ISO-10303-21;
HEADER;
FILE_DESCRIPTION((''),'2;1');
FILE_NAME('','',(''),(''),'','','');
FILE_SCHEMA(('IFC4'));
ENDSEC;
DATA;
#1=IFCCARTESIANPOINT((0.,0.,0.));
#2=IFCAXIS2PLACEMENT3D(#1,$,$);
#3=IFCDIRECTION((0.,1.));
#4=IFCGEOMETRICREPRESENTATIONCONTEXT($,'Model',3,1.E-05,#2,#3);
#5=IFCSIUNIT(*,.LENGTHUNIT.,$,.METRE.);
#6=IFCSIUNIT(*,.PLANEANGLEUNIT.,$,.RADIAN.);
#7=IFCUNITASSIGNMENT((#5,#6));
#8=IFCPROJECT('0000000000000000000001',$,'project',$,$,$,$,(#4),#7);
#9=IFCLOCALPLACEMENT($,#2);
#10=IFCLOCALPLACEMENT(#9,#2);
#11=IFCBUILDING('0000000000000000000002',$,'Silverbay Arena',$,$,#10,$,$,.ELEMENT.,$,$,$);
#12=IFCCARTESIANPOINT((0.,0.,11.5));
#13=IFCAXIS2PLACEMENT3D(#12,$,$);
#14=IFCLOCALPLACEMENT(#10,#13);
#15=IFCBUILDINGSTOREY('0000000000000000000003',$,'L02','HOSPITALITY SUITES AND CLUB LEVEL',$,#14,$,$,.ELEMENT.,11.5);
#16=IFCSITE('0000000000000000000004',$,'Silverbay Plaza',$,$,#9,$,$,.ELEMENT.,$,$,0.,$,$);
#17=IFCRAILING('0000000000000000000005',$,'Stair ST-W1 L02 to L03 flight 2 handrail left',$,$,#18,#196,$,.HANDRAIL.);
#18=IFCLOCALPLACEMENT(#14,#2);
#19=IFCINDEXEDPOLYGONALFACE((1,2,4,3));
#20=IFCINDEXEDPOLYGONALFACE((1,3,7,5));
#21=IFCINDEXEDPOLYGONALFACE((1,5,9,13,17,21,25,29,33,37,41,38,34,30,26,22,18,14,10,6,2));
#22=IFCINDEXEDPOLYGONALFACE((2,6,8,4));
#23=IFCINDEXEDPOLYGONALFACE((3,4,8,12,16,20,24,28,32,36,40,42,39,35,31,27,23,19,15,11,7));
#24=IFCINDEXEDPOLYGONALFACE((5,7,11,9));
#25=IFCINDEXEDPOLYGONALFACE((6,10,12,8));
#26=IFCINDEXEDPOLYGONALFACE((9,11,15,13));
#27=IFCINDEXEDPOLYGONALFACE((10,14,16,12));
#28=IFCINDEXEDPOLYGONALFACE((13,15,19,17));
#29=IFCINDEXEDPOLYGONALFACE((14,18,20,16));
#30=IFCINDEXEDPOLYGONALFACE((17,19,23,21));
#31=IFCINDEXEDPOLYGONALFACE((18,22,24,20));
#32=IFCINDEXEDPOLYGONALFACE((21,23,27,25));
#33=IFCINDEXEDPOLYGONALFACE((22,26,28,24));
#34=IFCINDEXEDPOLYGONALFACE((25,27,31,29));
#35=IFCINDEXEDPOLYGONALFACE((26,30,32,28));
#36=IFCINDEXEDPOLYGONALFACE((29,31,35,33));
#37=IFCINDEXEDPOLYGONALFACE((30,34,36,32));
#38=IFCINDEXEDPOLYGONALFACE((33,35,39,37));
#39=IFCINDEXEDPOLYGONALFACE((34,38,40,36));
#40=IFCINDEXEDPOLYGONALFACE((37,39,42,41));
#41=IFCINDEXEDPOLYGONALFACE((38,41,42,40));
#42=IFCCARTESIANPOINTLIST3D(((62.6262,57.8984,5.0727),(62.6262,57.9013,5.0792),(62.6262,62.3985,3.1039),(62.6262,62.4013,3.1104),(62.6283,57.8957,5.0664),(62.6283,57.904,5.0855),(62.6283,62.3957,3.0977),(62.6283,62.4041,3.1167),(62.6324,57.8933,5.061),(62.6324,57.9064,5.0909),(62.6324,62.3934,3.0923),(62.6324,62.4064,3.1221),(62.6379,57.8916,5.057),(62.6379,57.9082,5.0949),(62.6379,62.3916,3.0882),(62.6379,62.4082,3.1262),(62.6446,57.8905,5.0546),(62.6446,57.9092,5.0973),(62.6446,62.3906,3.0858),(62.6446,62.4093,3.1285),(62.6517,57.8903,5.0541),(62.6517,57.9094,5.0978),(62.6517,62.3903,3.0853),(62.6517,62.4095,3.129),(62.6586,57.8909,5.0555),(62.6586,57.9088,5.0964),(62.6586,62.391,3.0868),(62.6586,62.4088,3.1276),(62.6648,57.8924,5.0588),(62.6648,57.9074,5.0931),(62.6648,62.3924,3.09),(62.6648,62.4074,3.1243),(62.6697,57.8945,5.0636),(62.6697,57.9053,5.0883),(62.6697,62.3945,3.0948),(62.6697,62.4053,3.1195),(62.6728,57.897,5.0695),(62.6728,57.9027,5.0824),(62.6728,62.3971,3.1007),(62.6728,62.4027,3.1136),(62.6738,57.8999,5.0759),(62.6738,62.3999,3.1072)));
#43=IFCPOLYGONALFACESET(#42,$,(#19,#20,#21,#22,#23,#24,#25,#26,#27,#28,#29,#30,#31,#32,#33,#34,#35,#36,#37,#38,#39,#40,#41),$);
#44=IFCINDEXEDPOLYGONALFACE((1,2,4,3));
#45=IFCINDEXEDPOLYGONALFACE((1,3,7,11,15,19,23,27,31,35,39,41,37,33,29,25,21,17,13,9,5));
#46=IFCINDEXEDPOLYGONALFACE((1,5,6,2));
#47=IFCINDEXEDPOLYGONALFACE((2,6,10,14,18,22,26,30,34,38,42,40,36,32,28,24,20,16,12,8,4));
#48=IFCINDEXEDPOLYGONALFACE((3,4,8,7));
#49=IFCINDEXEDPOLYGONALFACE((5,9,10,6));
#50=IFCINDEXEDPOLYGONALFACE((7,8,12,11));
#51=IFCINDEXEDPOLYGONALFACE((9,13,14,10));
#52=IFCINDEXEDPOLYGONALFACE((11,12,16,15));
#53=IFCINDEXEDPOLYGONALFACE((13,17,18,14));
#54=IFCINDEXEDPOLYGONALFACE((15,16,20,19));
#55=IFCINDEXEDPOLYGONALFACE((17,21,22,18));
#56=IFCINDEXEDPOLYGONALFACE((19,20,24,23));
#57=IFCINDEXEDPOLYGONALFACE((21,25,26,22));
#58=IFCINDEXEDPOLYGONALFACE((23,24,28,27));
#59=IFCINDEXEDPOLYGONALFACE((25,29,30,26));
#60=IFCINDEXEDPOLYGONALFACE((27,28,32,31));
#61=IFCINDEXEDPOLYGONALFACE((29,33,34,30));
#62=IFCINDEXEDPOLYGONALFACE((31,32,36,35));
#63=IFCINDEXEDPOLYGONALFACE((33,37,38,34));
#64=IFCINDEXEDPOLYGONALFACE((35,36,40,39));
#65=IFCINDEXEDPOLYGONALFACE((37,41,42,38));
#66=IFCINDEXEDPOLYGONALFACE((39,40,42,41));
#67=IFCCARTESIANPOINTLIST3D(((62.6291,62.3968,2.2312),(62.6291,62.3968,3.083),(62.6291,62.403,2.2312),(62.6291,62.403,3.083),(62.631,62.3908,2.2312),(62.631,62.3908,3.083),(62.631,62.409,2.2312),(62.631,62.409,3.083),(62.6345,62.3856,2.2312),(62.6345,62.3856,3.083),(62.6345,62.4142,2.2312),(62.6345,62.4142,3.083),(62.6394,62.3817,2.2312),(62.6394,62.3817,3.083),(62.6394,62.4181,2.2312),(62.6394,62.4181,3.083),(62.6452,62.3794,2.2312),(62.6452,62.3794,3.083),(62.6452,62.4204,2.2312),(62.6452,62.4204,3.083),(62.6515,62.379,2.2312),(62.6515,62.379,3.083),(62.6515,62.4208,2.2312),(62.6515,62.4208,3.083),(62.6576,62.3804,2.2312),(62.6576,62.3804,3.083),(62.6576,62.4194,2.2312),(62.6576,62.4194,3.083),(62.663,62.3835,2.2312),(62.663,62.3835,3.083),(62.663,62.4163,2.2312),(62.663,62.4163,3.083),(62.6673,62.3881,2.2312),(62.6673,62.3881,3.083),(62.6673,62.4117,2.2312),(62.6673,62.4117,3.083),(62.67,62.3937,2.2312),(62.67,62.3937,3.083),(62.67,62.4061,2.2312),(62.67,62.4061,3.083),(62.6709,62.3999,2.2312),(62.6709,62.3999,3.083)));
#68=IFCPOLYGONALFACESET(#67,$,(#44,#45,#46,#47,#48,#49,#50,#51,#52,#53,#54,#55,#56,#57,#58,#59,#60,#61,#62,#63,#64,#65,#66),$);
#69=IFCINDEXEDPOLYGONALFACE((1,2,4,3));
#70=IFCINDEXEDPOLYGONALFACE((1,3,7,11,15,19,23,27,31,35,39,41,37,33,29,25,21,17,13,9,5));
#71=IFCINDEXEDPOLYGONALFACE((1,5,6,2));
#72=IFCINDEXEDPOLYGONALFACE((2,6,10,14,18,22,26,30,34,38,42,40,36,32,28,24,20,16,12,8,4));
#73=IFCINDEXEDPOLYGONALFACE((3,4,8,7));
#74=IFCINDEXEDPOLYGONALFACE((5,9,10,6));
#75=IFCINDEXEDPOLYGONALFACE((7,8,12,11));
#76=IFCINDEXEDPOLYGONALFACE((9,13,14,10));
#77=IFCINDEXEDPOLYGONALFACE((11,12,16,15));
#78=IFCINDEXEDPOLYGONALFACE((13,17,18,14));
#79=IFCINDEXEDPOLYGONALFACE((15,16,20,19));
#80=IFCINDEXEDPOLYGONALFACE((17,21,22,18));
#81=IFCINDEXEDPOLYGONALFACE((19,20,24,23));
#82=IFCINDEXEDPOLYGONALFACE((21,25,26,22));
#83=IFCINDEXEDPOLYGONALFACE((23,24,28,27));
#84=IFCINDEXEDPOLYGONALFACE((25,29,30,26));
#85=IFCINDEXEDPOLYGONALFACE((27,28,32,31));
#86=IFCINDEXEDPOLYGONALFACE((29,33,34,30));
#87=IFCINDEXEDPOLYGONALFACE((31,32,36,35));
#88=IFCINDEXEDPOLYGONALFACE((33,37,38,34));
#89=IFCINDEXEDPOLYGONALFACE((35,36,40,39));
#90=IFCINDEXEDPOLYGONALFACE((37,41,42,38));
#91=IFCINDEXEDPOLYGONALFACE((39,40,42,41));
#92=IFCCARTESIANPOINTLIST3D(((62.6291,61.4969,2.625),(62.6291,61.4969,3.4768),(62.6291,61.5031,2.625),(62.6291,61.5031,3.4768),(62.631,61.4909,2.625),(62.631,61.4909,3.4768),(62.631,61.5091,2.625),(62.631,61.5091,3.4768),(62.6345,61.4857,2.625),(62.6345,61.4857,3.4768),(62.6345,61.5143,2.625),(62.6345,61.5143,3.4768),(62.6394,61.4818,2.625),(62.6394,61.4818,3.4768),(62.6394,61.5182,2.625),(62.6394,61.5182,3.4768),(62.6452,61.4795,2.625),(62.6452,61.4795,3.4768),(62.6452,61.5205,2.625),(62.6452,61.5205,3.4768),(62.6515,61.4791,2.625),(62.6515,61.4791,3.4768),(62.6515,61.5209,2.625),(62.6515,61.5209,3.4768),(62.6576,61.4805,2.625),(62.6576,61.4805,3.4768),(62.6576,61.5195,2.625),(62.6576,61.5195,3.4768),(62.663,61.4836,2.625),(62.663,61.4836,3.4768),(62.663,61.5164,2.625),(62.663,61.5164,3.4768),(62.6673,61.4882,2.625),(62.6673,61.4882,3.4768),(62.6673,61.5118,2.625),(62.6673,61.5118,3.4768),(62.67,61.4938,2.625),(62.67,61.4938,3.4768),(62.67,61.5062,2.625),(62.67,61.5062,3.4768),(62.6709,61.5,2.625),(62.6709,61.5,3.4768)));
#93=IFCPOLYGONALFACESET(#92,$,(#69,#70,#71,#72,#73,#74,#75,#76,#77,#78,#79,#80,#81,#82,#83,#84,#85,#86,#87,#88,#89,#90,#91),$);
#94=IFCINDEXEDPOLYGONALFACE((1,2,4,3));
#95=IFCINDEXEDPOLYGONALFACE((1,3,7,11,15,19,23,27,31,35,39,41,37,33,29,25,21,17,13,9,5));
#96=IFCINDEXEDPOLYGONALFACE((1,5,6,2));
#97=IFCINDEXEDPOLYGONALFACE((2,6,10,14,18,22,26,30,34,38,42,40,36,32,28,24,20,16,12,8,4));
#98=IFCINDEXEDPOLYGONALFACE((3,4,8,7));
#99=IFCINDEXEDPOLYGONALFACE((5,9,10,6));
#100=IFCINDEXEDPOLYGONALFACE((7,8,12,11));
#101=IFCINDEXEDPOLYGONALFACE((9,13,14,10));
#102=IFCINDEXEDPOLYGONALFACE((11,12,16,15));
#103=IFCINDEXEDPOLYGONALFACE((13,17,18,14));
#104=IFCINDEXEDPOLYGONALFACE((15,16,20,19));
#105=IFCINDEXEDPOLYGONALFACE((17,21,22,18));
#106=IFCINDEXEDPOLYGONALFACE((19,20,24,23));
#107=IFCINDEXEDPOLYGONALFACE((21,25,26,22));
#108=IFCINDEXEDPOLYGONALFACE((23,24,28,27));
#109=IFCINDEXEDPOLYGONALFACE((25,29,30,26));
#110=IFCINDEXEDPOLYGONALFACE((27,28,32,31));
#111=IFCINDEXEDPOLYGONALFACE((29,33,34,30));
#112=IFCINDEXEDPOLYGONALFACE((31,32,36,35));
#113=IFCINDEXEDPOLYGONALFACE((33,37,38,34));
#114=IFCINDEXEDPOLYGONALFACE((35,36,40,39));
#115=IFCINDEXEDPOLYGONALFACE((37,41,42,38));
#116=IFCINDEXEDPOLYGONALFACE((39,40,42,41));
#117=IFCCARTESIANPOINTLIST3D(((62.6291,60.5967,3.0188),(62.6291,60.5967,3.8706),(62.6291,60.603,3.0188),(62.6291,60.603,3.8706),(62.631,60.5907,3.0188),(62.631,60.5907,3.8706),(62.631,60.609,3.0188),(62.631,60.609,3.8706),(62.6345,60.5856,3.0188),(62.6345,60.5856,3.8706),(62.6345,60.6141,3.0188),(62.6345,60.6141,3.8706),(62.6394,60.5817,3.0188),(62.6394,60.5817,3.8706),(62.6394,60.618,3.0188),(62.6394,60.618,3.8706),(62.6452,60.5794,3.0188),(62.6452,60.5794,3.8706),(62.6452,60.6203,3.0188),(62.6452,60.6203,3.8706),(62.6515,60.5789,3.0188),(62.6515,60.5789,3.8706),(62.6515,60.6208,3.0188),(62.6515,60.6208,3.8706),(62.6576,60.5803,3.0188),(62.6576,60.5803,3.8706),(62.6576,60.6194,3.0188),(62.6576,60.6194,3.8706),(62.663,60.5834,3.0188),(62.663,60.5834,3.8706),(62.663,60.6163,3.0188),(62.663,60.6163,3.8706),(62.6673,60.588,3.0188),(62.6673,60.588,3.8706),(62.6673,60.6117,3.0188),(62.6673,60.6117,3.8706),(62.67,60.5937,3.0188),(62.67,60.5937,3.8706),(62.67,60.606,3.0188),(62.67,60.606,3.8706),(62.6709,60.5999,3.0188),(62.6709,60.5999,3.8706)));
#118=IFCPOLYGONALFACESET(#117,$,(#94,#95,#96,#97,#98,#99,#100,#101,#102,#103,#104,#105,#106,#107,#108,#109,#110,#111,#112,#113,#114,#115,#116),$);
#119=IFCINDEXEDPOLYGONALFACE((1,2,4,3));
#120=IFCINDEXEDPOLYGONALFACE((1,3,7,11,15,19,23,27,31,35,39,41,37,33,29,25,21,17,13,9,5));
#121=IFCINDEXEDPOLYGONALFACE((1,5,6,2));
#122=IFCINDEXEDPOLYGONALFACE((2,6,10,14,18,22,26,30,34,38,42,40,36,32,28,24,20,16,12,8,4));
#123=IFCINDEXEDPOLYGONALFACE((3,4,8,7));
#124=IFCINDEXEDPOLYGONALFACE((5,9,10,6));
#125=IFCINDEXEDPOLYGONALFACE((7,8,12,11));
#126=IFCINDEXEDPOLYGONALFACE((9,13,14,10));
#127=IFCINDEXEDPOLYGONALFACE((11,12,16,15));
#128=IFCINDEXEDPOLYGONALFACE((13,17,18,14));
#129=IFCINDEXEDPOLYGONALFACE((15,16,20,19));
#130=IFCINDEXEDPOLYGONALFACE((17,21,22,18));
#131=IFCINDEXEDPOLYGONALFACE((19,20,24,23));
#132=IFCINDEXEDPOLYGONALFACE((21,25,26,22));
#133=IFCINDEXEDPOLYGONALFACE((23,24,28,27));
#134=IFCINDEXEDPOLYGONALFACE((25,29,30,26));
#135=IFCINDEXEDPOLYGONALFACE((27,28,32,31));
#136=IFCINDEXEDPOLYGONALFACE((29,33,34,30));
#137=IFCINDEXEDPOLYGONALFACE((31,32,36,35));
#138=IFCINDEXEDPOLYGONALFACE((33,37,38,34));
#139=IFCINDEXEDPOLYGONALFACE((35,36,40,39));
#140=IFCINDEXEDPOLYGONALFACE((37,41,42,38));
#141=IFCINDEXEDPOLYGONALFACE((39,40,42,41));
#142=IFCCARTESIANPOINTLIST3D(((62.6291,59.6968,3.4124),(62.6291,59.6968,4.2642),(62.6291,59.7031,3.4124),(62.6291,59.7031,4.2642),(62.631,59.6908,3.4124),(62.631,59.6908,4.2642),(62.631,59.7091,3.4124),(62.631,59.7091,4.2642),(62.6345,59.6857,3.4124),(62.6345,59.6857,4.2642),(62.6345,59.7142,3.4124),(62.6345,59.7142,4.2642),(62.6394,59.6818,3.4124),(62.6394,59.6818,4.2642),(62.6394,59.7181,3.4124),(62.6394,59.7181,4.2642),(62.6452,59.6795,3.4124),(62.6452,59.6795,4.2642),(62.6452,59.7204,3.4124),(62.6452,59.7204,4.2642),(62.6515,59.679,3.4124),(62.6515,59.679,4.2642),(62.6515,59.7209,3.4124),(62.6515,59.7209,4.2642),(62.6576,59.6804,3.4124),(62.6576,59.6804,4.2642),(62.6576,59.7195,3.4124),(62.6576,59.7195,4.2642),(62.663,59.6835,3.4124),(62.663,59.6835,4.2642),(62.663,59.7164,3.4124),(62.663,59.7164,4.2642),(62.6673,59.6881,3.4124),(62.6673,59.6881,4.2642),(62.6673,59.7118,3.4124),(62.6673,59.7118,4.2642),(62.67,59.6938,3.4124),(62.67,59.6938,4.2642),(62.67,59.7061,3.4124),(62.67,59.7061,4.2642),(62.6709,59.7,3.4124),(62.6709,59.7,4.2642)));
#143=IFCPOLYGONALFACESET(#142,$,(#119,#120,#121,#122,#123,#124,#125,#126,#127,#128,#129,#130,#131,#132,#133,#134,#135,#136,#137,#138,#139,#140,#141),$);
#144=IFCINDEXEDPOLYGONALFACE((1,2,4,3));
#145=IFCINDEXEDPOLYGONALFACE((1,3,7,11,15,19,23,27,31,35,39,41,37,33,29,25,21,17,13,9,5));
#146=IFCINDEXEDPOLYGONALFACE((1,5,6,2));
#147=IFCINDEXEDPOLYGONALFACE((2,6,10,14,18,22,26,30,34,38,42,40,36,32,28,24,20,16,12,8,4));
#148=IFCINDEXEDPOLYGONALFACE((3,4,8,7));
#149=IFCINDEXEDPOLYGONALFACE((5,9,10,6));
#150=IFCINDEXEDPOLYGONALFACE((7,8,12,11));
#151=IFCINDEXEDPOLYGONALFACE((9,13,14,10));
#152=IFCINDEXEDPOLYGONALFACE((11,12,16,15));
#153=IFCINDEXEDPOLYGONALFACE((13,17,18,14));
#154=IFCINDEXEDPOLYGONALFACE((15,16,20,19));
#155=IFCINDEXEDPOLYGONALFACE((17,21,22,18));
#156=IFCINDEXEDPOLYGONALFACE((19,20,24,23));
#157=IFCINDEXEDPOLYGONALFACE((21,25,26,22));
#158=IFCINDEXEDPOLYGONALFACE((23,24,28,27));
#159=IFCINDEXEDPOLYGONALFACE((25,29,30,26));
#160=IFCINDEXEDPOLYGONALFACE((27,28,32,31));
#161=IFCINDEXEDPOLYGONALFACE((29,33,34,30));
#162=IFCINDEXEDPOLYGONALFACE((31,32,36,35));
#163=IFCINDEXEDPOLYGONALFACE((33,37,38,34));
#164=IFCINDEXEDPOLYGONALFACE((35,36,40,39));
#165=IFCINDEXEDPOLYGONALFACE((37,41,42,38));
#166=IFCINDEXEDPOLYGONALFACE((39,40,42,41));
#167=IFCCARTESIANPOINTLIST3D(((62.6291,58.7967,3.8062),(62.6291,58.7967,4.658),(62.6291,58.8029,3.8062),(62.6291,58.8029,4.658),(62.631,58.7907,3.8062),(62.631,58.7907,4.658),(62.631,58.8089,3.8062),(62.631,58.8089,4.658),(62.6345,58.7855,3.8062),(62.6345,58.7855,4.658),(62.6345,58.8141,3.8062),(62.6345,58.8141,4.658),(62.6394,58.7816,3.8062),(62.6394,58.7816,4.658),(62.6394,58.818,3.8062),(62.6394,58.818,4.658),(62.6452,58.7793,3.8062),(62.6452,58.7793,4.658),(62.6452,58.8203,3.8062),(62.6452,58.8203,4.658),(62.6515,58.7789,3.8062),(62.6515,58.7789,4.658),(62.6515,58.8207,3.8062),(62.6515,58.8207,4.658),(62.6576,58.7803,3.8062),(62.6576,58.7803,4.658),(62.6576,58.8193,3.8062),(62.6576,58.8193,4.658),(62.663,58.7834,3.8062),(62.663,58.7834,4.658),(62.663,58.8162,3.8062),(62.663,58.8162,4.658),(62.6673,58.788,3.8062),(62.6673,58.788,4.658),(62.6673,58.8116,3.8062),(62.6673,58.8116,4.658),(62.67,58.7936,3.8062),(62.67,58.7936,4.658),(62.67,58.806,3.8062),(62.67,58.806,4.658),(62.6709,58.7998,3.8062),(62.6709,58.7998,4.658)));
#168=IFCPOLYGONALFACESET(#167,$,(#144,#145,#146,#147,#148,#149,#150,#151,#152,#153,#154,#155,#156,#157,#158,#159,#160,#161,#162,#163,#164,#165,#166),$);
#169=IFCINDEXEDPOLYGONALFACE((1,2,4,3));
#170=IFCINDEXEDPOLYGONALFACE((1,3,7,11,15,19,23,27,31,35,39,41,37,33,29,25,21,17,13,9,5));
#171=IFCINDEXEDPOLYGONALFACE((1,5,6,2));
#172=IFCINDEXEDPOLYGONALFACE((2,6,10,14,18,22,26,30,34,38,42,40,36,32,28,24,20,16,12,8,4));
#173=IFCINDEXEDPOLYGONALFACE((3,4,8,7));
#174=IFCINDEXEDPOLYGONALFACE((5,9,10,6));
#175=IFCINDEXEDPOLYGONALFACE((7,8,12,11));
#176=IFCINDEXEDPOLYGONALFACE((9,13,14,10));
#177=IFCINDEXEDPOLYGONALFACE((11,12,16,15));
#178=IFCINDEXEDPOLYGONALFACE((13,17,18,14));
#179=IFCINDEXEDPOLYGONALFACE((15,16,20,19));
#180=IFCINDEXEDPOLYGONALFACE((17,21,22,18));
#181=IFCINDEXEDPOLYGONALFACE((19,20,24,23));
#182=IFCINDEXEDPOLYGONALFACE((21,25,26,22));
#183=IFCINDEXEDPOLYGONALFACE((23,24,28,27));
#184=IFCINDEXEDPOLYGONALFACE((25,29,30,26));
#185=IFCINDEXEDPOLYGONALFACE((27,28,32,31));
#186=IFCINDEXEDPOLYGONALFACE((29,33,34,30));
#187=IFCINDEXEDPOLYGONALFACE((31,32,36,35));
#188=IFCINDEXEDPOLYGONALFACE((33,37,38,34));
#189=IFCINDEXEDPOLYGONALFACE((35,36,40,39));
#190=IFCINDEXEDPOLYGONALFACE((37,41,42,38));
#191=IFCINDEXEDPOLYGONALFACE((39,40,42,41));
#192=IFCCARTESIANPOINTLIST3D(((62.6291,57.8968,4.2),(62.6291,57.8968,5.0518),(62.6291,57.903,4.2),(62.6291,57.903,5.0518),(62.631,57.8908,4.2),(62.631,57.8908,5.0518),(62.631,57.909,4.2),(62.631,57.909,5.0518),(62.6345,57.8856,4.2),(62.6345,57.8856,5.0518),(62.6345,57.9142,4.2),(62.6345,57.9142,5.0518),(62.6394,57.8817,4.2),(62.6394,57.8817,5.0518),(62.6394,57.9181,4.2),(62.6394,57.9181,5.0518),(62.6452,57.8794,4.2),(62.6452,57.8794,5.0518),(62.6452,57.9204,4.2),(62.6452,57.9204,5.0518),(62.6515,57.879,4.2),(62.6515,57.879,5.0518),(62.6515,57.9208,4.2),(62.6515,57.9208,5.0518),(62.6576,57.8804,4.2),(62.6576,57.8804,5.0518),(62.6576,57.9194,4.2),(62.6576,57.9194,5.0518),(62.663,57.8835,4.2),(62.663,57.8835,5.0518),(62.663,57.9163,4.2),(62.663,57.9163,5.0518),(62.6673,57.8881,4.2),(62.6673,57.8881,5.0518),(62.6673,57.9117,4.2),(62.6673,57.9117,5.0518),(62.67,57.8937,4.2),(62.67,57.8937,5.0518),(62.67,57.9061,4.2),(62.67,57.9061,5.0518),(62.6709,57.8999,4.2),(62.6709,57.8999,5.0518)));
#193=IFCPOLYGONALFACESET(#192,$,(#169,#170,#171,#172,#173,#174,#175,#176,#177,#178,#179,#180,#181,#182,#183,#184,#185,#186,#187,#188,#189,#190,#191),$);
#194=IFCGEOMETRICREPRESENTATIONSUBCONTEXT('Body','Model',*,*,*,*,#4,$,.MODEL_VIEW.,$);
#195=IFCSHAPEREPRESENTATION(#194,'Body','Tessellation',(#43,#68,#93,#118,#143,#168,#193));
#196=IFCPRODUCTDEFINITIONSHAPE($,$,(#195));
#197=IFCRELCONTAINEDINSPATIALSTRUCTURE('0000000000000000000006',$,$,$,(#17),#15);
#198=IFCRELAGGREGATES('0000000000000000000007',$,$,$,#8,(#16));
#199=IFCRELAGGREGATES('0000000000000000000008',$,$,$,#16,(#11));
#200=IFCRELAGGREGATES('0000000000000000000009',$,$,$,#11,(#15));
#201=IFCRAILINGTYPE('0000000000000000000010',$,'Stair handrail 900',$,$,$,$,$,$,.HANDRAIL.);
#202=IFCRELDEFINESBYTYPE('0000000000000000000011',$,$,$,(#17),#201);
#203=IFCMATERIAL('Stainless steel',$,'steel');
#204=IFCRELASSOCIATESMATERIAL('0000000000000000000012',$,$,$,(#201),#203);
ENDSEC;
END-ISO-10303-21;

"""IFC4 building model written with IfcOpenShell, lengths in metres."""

from ifc_helpers import new_model, si_unit, direction, frame, origin, origin_2d, place, context, subcontext, project, spatial, circle, extrude, material, type_object, element, save


model = new_model("IFC4")

# Units and contexts
model_context = context("Model", 3, precision=1e-05, world=origin(), true_north=direction((0.0, 1.0)))
body_context = subcontext(model_context, "Body", "Model", "MODEL_VIEW")
ifc_project = project(units=[si_unit("LENGTHUNIT", "METRE"), si_unit("PLANEANGLEUNIT", "RADIAN")], contexts=[model_context])

# Site, building, storey
site_placement = place(None, origin())
site = spatial("IfcSite", under=ifc_project, at=site_placement, Name="Silverbay Plaza", CompositionType="ELEMENT", RefElevation=0.0)
building_placement = place(site_placement, origin())
building = spatial("IfcBuilding", under=site, at=building_placement, Name="Silverbay Arena", CompositionType="ELEMENT")
storey_placement = place(building_placement, frame((0.0, 0.0, 11.5)))
storey = spatial("IfcBuildingStorey", under=building, at=storey_placement, Name="L02", Description="HOSPITALITY SUITES AND CLUB LEVEL", CompositionType="ELEMENT", Elevation=11.5)

# Railing
ifc_material_1 = material(Name="Stainless steel", Category="steel")
railing_type_1 = type_object("IfcRailingType", Name="Stair handrail 900", PredefinedType="HANDRAIL", material=ifc_material_1)
for number, where, name in (
    (1, (62.6499, 62.3999, 2.2312), "Stair ST-W1 L02 to L03 flight 2 handrail left"),
):
    element("IfcRailing", number, at=place(storey_placement, frame(where)), inside=storey, type_object=railing_type_1, Name=name, PredefinedType="HANDRAIL", context=body_context, shape_type="SweptSolid", body=[
        extrude(circle(Radius=0.0239, at=origin_2d()), frame((0.0, 0.0, 0.876), z_axis=(0.0, -0.916157, 0.400819), x_axis=(1.0, 0.0, 0.0)), (0.0, 0.0, 1.0), 4.9119),
        extrude(circle(Radius=0.021, at=origin_2d()), origin(), (0.0, 0.0, 1.0), 0.8518),
        extrude(circle(Radius=0.021, at=origin_2d()), frame((0.0, -0.8999, 0.3938)), (0.0, 0.0, 1.0), 0.8518),
        extrude(circle(Radius=0.021, at=origin_2d()), frame((0.0, -1.8, 0.7876)), (0.0, 0.0, 1.0), 0.8518),
        extrude(circle(Radius=0.021, at=origin_2d()), frame((0.0, -2.7, 1.1812)), (0.0, 0.0, 1.0), 0.8518),
        extrude(circle(Radius=0.021, at=origin_2d()), frame((0.0, -3.6001, 1.575)), (0.0, 0.0, 1.0), 0.8518),
        extrude(circle(Radius=0.021, at=origin_2d()), frame((0.0, -4.5, 1.9688)), (0.0, 0.0, 1.0), 0.8518),
    ])

save(model, "model.ifc")
